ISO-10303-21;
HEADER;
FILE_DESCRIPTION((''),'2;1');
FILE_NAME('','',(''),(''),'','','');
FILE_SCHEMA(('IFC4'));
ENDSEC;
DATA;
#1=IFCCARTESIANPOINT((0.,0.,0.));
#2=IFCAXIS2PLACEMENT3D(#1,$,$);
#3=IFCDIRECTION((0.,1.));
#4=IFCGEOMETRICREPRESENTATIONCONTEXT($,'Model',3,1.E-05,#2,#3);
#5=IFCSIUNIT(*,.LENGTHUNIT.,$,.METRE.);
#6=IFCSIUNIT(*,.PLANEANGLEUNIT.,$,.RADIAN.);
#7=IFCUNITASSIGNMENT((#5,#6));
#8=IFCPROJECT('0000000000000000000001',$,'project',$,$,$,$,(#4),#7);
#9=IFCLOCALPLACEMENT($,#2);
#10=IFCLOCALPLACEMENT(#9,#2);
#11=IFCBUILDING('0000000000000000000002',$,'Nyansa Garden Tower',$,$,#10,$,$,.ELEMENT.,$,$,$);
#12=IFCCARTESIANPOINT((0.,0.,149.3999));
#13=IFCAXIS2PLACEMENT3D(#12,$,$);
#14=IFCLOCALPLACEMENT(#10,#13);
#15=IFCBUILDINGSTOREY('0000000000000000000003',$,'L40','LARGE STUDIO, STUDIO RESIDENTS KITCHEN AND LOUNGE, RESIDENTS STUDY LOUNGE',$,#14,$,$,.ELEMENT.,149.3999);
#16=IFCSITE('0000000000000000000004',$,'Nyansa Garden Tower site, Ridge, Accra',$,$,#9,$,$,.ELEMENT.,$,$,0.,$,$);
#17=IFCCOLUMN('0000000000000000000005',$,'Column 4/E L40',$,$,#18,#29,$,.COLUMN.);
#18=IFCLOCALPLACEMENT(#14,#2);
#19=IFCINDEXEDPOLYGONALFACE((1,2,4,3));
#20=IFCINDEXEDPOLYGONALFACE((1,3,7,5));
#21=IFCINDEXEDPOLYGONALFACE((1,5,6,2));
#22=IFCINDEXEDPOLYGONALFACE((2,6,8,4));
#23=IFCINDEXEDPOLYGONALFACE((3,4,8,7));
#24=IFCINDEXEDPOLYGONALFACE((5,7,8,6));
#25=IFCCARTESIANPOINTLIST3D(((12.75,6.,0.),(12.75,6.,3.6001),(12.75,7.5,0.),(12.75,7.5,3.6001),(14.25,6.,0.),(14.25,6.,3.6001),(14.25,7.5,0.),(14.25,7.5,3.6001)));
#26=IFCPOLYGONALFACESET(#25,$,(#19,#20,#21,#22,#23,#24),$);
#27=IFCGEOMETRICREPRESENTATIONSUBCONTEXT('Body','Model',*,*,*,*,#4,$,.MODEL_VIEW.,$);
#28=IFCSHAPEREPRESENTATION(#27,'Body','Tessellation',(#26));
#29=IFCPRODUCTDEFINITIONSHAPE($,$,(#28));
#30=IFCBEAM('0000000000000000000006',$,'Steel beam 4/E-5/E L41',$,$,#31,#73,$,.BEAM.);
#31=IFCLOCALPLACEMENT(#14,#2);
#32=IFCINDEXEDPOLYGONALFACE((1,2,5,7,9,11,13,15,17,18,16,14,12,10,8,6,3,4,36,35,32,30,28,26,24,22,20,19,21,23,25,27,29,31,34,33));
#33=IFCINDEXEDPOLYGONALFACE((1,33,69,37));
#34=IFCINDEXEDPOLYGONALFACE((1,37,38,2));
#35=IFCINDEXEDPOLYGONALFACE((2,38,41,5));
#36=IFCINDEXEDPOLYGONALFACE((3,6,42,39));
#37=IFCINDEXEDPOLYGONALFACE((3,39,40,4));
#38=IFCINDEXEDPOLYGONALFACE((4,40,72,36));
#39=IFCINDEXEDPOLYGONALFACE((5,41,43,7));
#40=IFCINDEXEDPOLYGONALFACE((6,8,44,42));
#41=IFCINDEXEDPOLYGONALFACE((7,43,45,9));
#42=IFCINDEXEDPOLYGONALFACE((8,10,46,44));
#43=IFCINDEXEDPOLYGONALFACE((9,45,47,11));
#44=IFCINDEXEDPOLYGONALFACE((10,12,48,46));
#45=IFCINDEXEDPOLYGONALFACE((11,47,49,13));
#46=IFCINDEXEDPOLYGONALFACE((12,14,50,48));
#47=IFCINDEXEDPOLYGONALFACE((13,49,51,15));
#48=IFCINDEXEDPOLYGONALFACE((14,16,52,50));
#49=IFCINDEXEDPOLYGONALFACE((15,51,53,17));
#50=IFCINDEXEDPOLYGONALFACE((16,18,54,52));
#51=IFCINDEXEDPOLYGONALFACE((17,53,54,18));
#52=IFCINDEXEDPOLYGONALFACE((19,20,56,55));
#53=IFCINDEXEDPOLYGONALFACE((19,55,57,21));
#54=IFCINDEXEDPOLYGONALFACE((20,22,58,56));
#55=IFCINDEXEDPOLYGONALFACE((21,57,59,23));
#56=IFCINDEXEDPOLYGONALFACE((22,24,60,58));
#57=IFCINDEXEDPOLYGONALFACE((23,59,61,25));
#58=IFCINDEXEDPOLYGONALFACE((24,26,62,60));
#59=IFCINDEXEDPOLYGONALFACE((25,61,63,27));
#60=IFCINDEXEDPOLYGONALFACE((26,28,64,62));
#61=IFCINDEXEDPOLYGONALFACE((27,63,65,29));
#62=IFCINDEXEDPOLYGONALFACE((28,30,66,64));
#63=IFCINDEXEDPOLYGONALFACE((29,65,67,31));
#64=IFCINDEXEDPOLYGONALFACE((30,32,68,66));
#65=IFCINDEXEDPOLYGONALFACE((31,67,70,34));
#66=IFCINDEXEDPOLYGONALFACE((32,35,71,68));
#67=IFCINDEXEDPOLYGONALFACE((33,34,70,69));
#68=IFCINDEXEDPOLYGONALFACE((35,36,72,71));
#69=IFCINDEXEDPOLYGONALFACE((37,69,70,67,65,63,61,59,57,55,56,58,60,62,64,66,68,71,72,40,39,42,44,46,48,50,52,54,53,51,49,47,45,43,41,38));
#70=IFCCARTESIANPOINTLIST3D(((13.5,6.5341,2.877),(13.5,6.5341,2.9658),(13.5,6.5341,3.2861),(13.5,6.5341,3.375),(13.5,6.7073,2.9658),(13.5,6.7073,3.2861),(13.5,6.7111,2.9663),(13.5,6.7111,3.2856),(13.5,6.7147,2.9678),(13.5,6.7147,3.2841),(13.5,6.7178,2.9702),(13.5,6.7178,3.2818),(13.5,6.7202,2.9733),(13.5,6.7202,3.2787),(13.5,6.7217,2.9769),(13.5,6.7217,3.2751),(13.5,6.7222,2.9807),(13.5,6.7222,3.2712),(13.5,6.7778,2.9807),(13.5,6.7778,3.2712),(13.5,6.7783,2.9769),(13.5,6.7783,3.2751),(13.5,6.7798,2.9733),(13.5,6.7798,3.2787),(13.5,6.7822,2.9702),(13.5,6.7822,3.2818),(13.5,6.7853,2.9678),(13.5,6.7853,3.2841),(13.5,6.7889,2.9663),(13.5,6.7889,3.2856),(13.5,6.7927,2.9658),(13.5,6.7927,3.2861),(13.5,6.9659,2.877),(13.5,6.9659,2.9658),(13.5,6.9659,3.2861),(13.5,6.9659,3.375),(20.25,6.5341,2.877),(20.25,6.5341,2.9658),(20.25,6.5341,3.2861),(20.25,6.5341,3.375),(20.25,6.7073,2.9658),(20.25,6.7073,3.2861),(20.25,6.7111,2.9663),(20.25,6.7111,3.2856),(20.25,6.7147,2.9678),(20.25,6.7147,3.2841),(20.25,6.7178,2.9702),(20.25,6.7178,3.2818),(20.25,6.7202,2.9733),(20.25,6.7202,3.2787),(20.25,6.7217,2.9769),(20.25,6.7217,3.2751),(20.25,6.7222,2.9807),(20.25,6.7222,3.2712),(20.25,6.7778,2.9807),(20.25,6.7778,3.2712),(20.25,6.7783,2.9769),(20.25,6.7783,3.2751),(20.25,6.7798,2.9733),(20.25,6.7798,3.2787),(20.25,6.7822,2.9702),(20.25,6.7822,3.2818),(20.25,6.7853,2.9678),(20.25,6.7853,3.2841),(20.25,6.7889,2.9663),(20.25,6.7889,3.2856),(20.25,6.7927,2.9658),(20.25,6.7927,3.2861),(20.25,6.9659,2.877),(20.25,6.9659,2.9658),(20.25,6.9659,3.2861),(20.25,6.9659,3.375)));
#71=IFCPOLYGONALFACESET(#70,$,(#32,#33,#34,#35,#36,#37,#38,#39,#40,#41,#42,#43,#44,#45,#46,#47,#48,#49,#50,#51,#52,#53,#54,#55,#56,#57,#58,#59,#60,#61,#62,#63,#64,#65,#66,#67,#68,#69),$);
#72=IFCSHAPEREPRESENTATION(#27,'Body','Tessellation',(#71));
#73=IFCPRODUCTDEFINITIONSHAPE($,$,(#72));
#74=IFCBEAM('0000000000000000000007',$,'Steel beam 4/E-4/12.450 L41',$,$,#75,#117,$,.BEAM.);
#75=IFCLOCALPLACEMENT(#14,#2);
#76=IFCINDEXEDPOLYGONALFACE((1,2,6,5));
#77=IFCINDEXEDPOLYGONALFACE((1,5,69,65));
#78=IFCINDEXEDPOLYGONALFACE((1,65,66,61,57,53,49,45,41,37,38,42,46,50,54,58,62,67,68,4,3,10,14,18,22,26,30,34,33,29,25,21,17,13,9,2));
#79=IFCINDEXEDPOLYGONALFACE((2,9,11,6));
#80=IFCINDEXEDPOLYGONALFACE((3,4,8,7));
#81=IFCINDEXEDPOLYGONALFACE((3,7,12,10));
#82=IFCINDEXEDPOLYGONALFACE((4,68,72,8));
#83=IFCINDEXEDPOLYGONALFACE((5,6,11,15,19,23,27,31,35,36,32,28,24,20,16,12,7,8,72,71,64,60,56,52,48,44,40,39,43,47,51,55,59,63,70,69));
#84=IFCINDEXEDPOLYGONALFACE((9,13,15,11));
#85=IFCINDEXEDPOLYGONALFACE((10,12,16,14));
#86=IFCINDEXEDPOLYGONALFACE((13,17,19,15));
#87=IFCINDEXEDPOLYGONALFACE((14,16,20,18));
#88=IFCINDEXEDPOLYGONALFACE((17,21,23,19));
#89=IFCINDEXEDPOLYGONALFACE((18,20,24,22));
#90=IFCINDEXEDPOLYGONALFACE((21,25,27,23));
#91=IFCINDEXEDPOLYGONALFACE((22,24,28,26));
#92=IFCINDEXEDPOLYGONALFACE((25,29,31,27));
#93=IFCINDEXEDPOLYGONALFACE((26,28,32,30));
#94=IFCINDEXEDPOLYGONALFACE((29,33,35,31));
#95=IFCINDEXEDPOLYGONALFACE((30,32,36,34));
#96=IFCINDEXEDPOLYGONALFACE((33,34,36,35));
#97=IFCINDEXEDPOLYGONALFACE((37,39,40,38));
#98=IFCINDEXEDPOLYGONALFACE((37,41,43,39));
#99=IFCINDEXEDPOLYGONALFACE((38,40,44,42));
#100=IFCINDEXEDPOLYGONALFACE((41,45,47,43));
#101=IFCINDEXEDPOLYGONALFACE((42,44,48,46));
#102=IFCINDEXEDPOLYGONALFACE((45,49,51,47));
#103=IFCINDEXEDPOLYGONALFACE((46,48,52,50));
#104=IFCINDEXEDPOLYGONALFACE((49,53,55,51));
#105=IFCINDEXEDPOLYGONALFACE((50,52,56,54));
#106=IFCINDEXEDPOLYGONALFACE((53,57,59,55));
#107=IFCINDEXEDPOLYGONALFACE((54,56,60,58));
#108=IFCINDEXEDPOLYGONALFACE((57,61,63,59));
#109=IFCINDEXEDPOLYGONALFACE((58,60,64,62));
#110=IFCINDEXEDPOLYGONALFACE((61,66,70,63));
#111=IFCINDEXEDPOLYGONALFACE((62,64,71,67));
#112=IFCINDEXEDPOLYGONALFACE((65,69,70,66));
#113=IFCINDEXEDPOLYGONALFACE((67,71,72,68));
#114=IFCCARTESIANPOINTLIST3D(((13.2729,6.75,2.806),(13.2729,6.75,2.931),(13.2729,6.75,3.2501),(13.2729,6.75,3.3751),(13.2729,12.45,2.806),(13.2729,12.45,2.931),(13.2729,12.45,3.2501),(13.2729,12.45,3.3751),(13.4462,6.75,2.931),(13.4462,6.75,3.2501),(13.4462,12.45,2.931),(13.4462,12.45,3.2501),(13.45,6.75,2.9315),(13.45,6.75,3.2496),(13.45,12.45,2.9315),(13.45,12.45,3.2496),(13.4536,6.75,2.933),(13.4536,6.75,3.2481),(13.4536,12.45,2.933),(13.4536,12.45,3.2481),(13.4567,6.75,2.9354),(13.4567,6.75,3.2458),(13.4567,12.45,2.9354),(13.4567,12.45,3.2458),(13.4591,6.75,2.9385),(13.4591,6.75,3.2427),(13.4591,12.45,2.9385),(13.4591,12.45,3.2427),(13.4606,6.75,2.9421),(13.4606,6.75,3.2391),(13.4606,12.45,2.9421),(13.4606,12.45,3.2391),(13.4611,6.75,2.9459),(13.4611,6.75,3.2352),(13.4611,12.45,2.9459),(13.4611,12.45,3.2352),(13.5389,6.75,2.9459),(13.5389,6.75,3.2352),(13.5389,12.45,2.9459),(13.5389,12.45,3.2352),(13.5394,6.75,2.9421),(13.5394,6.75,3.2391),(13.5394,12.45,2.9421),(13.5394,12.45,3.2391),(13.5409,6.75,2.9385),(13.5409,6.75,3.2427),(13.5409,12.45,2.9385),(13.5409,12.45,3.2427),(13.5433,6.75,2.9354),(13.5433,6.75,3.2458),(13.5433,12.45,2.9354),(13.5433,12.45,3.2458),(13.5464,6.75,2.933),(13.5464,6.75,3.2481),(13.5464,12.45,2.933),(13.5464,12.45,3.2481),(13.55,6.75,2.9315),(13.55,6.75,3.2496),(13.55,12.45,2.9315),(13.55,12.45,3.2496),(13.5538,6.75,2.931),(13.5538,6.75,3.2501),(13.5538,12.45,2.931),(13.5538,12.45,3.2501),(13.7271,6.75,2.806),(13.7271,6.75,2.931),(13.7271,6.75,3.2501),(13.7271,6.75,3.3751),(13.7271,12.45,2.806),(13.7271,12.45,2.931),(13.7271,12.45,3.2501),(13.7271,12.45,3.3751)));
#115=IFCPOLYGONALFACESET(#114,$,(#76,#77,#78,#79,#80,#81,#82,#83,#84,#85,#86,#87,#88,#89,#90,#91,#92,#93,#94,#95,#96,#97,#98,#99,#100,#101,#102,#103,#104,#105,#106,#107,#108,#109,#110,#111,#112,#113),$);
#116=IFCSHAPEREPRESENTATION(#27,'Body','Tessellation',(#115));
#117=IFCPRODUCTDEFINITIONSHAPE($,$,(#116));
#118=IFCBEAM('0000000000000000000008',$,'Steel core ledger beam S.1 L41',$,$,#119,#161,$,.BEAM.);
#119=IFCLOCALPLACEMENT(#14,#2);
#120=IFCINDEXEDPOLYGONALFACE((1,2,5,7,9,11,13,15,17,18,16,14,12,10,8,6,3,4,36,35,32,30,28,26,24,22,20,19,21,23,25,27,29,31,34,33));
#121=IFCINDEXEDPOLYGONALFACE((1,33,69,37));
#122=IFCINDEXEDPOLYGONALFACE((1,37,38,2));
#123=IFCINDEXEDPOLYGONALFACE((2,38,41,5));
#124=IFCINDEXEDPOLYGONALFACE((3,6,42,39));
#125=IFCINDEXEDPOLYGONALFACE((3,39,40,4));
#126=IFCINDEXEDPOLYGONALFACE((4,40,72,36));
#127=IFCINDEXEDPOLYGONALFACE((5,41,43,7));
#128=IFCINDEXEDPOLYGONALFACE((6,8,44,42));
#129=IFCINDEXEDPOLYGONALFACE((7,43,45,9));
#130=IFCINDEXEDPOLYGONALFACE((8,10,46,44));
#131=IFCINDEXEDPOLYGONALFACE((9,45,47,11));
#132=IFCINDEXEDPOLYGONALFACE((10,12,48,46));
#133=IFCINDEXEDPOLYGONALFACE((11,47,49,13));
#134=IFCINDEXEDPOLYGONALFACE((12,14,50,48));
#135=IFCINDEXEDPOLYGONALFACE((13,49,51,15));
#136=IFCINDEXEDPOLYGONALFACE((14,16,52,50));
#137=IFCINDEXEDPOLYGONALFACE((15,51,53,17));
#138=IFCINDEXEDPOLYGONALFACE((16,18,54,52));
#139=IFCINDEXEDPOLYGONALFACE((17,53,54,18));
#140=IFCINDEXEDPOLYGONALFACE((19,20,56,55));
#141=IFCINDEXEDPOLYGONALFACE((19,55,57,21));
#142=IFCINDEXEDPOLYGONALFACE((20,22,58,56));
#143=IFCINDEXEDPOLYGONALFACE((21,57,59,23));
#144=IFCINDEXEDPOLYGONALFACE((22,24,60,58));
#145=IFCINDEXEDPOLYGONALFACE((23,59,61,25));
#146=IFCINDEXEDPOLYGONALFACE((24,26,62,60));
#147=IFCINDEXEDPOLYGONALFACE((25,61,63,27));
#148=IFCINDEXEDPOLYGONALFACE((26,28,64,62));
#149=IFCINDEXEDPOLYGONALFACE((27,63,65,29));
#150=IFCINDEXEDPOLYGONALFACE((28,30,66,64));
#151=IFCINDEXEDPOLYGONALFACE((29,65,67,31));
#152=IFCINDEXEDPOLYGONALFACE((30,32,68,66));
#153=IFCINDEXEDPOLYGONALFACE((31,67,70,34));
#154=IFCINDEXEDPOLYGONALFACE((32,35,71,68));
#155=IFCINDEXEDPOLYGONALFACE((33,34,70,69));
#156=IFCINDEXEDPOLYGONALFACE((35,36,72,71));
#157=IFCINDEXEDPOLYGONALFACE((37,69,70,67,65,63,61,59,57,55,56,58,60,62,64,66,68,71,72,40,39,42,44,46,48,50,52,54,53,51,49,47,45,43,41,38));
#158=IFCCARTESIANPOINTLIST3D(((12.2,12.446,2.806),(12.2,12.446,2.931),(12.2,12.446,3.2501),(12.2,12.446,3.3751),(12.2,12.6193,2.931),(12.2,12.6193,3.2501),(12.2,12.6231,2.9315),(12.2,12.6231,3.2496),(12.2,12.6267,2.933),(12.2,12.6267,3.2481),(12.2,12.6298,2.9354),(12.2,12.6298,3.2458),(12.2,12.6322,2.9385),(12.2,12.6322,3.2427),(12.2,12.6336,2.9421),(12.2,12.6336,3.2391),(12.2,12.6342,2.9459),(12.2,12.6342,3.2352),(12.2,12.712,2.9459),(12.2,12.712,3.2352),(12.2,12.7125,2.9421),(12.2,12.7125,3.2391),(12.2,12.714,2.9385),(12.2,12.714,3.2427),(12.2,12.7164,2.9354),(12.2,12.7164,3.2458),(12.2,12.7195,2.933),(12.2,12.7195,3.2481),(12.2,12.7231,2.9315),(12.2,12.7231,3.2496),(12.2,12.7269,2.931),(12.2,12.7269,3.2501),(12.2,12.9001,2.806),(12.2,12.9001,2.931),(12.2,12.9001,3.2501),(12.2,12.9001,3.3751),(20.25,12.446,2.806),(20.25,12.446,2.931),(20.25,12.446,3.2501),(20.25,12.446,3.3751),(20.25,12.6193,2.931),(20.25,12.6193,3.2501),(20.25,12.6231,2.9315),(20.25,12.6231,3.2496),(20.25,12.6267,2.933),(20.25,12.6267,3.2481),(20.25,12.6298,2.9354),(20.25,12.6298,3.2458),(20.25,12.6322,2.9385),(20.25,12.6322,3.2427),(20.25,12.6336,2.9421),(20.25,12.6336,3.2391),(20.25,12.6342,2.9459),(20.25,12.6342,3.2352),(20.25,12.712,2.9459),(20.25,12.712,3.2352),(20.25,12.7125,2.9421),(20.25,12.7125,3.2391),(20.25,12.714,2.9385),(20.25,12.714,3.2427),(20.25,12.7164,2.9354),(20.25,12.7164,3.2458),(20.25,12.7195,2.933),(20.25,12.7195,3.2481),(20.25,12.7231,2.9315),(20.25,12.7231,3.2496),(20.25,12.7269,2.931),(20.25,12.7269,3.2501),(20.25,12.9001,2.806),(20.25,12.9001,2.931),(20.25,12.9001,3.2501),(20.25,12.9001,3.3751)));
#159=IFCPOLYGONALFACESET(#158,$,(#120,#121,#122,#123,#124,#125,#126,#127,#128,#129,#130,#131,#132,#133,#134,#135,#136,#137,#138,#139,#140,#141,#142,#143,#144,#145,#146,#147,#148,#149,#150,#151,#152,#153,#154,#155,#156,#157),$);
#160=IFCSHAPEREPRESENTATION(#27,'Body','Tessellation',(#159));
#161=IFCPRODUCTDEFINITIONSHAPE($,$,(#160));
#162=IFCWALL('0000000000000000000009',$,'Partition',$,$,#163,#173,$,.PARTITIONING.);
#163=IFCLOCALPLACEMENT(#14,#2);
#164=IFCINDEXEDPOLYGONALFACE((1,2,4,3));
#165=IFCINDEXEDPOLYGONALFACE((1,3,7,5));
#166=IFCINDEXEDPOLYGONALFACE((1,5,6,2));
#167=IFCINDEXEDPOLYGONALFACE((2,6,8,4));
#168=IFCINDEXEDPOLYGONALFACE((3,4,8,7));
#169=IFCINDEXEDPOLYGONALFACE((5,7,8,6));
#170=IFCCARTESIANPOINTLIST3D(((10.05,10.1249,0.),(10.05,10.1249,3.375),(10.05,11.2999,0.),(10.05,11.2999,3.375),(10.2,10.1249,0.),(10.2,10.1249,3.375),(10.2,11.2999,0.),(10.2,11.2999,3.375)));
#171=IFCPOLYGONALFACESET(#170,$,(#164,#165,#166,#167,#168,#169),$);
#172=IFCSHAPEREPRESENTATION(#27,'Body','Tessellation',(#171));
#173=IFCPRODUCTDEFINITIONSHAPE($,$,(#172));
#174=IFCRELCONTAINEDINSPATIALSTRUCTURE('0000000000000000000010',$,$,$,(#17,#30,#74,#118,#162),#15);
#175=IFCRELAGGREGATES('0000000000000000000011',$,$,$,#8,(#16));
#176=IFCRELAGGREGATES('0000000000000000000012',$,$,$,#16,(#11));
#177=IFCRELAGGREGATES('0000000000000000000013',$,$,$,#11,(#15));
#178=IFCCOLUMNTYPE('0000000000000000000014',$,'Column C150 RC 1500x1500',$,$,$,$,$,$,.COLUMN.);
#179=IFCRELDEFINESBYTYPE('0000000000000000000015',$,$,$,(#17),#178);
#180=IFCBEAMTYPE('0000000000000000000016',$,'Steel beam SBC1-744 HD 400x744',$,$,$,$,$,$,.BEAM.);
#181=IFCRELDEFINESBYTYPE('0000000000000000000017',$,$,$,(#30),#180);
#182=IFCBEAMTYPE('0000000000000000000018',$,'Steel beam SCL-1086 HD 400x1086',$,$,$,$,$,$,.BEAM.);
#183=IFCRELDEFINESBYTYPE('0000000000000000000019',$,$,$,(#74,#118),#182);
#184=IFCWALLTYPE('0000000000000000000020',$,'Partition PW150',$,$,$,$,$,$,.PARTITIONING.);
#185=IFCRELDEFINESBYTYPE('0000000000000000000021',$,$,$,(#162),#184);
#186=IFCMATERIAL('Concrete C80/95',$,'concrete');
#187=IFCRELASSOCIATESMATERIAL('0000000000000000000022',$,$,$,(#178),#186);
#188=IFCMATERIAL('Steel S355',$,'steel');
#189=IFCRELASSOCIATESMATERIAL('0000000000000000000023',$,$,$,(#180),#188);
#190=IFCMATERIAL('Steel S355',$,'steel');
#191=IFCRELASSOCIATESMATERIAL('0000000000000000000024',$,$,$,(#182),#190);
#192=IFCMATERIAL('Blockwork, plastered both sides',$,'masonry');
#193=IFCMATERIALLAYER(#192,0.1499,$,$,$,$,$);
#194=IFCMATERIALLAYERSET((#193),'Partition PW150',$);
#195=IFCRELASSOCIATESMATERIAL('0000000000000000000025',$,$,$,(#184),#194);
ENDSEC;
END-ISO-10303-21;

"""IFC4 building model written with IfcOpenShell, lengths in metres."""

from ifc_helpers import new_model, si_unit, direction, frame, frame_2d, origin, origin_2d, place, context, subcontext, project, spatial, rectangle, i_section, extrude, material, layer, layer_set, material_profile, profile_set, type_object, element, save


model = new_model("IFC4")

# Units and contexts
model_context = context("Model", 3, precision=1e-05, world=origin(), true_north=direction((0.0, 1.0)))
body_context = subcontext(model_context, "Body", "Model", "MODEL_VIEW")
ifc_project = project(units=[si_unit("LENGTHUNIT", "METRE"), si_unit("PLANEANGLEUNIT", "RADIAN")], contexts=[model_context])

# Site, building, storey
site_placement = place(None, origin())
site = spatial("IfcSite", under=ifc_project, at=site_placement, Name="Nyansa Garden Tower site, Ridge, Accra", CompositionType="ELEMENT", RefElevation=0.0)
building_placement = place(site_placement, origin())
building = spatial("IfcBuilding", under=site, at=building_placement, Name="Nyansa Garden Tower", CompositionType="ELEMENT")
storey_placement = place(building_placement, frame((0.0, 0.0, 149.3999)))
storey = spatial("IfcBuildingStorey", under=building, at=storey_placement, Name="L40", Description="LARGE STUDIO, STUDIO RESIDENTS KITCHEN AND LOUNGE, RESIDENTS STUDY LOUNGE", CompositionType="ELEMENT", Elevation=149.3999)

# Column
ifc_material_1 = material(Name="Concrete C80/95", Category="concrete")
ifc_material_profile_1 = material_profile(ifc_material_1, rectangle(XDim=1.5, YDim=1.5, at=origin_2d()), Name="RC 1500x1500")
ifc_profile_set_1 = profile_set([ifc_material_profile_1], Name="Concrete C80/95")
column_type = type_object("IfcColumnType", Name="Column C150 RC 1500x1500", PredefinedType="COLUMN", material=ifc_profile_set_1)
column_placement = place(storey_placement, frame((13.5, 6.75, 0.0), z_axis=(0.0, 0.0, 1.0), x_axis=(1.0, 0.0, 0.0)))
element("IfcColumn", 1, at=column_placement, inside=storey, type_object=column_type, Name="Column 4/E L40", PredefinedType="COLUMN", context=body_context, shape_type="SweptSolid", body=[
    extrude(rectangle(XDim=1.5, YDim=1.5, at=origin_2d()), origin(), (0.0, 0.0, 1.0), 3.6001),
])

# Beams
ifc_material_2 = material(Name="Steel S355", Category="steel")
ifc_material_profile_2 = material_profile(ifc_material_2, i_section(OverallWidth=0.4319, OverallDepth=0.498, WebThickness=0.0557, FlangeThickness=0.0889, FilletRadius=0.0149, at=origin_2d()), Name="HD 400x744")
ifc_profile_set_2 = profile_set([ifc_material_profile_2], Name="Steel S355")
beam_type_1 = type_object("IfcBeamType", Name="Steel beam SBC1-744 HD 400x744", PredefinedType="BEAM", material=ifc_profile_set_2)
beam_1_placement = place(storey_placement, frame((13.5, 6.75, 3.126), z_axis=(1.0, 0.0, 0.0), x_axis=(0.0, 1.0, 0.0)))
element("IfcBeam", 2, at=beam_1_placement, inside=storey, type_object=beam_type_1, Name="Steel beam 4/E-5/E L41", PredefinedType="BEAM", context=body_context, shape_type="SweptSolid", body=[
    extrude(i_section(OverallWidth=0.4319, OverallDepth=0.498, WebThickness=0.0557, FlangeThickness=0.0889, FilletRadius=0.0149, at=origin_2d()), origin(), (0.0, 0.0, 1.0), 6.75),
])
ifc_material_3 = material(Name="Steel S355", Category="steel")
ifc_material_profile_3 = material_profile(ifc_material_3, i_section(OverallWidth=0.4541, OverallDepth=0.5691, WebThickness=0.0779, FlangeThickness=0.125, FilletRadius=0.0149, at=origin_2d()), Name="HD 400x1086")
ifc_profile_set_3 = profile_set([ifc_material_profile_3], Name="Steel S355")
beam_type_2 = type_object("IfcBeamType", Name="Steel beam SCL-1086 HD 400x1086", PredefinedType="BEAM", material=ifc_profile_set_3)
beam_2_placement = place(storey_placement, frame((13.5, 6.75, 3.0906), z_axis=(0.0, 1.0, 0.0), x_axis=(-1.0, 0.0, 0.0)))
element("IfcBeam", 3, at=beam_2_placement, inside=storey, type_object=beam_type_2, Name="Steel beam 4/E-4/12.450 L41", PredefinedType="BEAM", context=body_context, shape_type="SweptSolid", body=[
    extrude(i_section(OverallWidth=0.4541, OverallDepth=0.5691, WebThickness=0.0779, FlangeThickness=0.125, FilletRadius=0.0149, at=origin_2d()), origin(), (0.0, 0.0, 1.0), 5.7),
])
beam_3_placement = place(storey_placement, frame((12.2, 12.6731, 3.0906), z_axis=(1.0, 0.0, 0.0), x_axis=(0.0, 1.0, 0.0)))
element("IfcBeam", 4, at=beam_3_placement, inside=storey, type_object=beam_type_2, Name="Steel core ledger beam S.1 L41", PredefinedType="BEAM", context=body_context, shape_type="SweptSolid", body=[
    extrude(i_section(OverallWidth=0.4541, OverallDepth=0.5691, WebThickness=0.0779, FlangeThickness=0.125, FilletRadius=0.0149, at=origin_2d()), origin(), (0.0, 0.0, 1.0), 8.05),
])

# Wall
ifc_material_4 = material(Name="Blockwork, plastered both sides", Category="masonry")
ifc_layer = layer(ifc_material_4, 0.1499)
ifc_layer_set = layer_set([ifc_layer], Name="Partition PW150")
wall_type = type_object("IfcWallType", Name="Partition PW150", PredefinedType="PARTITIONING", material=ifc_layer_set)
wall_1_placement = place(storey_placement, frame((10.125, 10.125, 0.0), z_axis=(0.0, 0.0, 1.0), x_axis=(0.0, 1.0, 0.0)))
element("IfcWall", 5, at=wall_1_placement, inside=storey, type_object=wall_type, Name="Partition", PredefinedType="PARTITIONING", context=body_context, shape_type="SweptSolid", body=[
    extrude(rectangle(XDim=1.175, YDim=0.1499, at=frame_2d((0.5874, 0.0))), origin(), (0.0, 0.0, 1.0), 3.375),
])

save(model, "model.ifc")
